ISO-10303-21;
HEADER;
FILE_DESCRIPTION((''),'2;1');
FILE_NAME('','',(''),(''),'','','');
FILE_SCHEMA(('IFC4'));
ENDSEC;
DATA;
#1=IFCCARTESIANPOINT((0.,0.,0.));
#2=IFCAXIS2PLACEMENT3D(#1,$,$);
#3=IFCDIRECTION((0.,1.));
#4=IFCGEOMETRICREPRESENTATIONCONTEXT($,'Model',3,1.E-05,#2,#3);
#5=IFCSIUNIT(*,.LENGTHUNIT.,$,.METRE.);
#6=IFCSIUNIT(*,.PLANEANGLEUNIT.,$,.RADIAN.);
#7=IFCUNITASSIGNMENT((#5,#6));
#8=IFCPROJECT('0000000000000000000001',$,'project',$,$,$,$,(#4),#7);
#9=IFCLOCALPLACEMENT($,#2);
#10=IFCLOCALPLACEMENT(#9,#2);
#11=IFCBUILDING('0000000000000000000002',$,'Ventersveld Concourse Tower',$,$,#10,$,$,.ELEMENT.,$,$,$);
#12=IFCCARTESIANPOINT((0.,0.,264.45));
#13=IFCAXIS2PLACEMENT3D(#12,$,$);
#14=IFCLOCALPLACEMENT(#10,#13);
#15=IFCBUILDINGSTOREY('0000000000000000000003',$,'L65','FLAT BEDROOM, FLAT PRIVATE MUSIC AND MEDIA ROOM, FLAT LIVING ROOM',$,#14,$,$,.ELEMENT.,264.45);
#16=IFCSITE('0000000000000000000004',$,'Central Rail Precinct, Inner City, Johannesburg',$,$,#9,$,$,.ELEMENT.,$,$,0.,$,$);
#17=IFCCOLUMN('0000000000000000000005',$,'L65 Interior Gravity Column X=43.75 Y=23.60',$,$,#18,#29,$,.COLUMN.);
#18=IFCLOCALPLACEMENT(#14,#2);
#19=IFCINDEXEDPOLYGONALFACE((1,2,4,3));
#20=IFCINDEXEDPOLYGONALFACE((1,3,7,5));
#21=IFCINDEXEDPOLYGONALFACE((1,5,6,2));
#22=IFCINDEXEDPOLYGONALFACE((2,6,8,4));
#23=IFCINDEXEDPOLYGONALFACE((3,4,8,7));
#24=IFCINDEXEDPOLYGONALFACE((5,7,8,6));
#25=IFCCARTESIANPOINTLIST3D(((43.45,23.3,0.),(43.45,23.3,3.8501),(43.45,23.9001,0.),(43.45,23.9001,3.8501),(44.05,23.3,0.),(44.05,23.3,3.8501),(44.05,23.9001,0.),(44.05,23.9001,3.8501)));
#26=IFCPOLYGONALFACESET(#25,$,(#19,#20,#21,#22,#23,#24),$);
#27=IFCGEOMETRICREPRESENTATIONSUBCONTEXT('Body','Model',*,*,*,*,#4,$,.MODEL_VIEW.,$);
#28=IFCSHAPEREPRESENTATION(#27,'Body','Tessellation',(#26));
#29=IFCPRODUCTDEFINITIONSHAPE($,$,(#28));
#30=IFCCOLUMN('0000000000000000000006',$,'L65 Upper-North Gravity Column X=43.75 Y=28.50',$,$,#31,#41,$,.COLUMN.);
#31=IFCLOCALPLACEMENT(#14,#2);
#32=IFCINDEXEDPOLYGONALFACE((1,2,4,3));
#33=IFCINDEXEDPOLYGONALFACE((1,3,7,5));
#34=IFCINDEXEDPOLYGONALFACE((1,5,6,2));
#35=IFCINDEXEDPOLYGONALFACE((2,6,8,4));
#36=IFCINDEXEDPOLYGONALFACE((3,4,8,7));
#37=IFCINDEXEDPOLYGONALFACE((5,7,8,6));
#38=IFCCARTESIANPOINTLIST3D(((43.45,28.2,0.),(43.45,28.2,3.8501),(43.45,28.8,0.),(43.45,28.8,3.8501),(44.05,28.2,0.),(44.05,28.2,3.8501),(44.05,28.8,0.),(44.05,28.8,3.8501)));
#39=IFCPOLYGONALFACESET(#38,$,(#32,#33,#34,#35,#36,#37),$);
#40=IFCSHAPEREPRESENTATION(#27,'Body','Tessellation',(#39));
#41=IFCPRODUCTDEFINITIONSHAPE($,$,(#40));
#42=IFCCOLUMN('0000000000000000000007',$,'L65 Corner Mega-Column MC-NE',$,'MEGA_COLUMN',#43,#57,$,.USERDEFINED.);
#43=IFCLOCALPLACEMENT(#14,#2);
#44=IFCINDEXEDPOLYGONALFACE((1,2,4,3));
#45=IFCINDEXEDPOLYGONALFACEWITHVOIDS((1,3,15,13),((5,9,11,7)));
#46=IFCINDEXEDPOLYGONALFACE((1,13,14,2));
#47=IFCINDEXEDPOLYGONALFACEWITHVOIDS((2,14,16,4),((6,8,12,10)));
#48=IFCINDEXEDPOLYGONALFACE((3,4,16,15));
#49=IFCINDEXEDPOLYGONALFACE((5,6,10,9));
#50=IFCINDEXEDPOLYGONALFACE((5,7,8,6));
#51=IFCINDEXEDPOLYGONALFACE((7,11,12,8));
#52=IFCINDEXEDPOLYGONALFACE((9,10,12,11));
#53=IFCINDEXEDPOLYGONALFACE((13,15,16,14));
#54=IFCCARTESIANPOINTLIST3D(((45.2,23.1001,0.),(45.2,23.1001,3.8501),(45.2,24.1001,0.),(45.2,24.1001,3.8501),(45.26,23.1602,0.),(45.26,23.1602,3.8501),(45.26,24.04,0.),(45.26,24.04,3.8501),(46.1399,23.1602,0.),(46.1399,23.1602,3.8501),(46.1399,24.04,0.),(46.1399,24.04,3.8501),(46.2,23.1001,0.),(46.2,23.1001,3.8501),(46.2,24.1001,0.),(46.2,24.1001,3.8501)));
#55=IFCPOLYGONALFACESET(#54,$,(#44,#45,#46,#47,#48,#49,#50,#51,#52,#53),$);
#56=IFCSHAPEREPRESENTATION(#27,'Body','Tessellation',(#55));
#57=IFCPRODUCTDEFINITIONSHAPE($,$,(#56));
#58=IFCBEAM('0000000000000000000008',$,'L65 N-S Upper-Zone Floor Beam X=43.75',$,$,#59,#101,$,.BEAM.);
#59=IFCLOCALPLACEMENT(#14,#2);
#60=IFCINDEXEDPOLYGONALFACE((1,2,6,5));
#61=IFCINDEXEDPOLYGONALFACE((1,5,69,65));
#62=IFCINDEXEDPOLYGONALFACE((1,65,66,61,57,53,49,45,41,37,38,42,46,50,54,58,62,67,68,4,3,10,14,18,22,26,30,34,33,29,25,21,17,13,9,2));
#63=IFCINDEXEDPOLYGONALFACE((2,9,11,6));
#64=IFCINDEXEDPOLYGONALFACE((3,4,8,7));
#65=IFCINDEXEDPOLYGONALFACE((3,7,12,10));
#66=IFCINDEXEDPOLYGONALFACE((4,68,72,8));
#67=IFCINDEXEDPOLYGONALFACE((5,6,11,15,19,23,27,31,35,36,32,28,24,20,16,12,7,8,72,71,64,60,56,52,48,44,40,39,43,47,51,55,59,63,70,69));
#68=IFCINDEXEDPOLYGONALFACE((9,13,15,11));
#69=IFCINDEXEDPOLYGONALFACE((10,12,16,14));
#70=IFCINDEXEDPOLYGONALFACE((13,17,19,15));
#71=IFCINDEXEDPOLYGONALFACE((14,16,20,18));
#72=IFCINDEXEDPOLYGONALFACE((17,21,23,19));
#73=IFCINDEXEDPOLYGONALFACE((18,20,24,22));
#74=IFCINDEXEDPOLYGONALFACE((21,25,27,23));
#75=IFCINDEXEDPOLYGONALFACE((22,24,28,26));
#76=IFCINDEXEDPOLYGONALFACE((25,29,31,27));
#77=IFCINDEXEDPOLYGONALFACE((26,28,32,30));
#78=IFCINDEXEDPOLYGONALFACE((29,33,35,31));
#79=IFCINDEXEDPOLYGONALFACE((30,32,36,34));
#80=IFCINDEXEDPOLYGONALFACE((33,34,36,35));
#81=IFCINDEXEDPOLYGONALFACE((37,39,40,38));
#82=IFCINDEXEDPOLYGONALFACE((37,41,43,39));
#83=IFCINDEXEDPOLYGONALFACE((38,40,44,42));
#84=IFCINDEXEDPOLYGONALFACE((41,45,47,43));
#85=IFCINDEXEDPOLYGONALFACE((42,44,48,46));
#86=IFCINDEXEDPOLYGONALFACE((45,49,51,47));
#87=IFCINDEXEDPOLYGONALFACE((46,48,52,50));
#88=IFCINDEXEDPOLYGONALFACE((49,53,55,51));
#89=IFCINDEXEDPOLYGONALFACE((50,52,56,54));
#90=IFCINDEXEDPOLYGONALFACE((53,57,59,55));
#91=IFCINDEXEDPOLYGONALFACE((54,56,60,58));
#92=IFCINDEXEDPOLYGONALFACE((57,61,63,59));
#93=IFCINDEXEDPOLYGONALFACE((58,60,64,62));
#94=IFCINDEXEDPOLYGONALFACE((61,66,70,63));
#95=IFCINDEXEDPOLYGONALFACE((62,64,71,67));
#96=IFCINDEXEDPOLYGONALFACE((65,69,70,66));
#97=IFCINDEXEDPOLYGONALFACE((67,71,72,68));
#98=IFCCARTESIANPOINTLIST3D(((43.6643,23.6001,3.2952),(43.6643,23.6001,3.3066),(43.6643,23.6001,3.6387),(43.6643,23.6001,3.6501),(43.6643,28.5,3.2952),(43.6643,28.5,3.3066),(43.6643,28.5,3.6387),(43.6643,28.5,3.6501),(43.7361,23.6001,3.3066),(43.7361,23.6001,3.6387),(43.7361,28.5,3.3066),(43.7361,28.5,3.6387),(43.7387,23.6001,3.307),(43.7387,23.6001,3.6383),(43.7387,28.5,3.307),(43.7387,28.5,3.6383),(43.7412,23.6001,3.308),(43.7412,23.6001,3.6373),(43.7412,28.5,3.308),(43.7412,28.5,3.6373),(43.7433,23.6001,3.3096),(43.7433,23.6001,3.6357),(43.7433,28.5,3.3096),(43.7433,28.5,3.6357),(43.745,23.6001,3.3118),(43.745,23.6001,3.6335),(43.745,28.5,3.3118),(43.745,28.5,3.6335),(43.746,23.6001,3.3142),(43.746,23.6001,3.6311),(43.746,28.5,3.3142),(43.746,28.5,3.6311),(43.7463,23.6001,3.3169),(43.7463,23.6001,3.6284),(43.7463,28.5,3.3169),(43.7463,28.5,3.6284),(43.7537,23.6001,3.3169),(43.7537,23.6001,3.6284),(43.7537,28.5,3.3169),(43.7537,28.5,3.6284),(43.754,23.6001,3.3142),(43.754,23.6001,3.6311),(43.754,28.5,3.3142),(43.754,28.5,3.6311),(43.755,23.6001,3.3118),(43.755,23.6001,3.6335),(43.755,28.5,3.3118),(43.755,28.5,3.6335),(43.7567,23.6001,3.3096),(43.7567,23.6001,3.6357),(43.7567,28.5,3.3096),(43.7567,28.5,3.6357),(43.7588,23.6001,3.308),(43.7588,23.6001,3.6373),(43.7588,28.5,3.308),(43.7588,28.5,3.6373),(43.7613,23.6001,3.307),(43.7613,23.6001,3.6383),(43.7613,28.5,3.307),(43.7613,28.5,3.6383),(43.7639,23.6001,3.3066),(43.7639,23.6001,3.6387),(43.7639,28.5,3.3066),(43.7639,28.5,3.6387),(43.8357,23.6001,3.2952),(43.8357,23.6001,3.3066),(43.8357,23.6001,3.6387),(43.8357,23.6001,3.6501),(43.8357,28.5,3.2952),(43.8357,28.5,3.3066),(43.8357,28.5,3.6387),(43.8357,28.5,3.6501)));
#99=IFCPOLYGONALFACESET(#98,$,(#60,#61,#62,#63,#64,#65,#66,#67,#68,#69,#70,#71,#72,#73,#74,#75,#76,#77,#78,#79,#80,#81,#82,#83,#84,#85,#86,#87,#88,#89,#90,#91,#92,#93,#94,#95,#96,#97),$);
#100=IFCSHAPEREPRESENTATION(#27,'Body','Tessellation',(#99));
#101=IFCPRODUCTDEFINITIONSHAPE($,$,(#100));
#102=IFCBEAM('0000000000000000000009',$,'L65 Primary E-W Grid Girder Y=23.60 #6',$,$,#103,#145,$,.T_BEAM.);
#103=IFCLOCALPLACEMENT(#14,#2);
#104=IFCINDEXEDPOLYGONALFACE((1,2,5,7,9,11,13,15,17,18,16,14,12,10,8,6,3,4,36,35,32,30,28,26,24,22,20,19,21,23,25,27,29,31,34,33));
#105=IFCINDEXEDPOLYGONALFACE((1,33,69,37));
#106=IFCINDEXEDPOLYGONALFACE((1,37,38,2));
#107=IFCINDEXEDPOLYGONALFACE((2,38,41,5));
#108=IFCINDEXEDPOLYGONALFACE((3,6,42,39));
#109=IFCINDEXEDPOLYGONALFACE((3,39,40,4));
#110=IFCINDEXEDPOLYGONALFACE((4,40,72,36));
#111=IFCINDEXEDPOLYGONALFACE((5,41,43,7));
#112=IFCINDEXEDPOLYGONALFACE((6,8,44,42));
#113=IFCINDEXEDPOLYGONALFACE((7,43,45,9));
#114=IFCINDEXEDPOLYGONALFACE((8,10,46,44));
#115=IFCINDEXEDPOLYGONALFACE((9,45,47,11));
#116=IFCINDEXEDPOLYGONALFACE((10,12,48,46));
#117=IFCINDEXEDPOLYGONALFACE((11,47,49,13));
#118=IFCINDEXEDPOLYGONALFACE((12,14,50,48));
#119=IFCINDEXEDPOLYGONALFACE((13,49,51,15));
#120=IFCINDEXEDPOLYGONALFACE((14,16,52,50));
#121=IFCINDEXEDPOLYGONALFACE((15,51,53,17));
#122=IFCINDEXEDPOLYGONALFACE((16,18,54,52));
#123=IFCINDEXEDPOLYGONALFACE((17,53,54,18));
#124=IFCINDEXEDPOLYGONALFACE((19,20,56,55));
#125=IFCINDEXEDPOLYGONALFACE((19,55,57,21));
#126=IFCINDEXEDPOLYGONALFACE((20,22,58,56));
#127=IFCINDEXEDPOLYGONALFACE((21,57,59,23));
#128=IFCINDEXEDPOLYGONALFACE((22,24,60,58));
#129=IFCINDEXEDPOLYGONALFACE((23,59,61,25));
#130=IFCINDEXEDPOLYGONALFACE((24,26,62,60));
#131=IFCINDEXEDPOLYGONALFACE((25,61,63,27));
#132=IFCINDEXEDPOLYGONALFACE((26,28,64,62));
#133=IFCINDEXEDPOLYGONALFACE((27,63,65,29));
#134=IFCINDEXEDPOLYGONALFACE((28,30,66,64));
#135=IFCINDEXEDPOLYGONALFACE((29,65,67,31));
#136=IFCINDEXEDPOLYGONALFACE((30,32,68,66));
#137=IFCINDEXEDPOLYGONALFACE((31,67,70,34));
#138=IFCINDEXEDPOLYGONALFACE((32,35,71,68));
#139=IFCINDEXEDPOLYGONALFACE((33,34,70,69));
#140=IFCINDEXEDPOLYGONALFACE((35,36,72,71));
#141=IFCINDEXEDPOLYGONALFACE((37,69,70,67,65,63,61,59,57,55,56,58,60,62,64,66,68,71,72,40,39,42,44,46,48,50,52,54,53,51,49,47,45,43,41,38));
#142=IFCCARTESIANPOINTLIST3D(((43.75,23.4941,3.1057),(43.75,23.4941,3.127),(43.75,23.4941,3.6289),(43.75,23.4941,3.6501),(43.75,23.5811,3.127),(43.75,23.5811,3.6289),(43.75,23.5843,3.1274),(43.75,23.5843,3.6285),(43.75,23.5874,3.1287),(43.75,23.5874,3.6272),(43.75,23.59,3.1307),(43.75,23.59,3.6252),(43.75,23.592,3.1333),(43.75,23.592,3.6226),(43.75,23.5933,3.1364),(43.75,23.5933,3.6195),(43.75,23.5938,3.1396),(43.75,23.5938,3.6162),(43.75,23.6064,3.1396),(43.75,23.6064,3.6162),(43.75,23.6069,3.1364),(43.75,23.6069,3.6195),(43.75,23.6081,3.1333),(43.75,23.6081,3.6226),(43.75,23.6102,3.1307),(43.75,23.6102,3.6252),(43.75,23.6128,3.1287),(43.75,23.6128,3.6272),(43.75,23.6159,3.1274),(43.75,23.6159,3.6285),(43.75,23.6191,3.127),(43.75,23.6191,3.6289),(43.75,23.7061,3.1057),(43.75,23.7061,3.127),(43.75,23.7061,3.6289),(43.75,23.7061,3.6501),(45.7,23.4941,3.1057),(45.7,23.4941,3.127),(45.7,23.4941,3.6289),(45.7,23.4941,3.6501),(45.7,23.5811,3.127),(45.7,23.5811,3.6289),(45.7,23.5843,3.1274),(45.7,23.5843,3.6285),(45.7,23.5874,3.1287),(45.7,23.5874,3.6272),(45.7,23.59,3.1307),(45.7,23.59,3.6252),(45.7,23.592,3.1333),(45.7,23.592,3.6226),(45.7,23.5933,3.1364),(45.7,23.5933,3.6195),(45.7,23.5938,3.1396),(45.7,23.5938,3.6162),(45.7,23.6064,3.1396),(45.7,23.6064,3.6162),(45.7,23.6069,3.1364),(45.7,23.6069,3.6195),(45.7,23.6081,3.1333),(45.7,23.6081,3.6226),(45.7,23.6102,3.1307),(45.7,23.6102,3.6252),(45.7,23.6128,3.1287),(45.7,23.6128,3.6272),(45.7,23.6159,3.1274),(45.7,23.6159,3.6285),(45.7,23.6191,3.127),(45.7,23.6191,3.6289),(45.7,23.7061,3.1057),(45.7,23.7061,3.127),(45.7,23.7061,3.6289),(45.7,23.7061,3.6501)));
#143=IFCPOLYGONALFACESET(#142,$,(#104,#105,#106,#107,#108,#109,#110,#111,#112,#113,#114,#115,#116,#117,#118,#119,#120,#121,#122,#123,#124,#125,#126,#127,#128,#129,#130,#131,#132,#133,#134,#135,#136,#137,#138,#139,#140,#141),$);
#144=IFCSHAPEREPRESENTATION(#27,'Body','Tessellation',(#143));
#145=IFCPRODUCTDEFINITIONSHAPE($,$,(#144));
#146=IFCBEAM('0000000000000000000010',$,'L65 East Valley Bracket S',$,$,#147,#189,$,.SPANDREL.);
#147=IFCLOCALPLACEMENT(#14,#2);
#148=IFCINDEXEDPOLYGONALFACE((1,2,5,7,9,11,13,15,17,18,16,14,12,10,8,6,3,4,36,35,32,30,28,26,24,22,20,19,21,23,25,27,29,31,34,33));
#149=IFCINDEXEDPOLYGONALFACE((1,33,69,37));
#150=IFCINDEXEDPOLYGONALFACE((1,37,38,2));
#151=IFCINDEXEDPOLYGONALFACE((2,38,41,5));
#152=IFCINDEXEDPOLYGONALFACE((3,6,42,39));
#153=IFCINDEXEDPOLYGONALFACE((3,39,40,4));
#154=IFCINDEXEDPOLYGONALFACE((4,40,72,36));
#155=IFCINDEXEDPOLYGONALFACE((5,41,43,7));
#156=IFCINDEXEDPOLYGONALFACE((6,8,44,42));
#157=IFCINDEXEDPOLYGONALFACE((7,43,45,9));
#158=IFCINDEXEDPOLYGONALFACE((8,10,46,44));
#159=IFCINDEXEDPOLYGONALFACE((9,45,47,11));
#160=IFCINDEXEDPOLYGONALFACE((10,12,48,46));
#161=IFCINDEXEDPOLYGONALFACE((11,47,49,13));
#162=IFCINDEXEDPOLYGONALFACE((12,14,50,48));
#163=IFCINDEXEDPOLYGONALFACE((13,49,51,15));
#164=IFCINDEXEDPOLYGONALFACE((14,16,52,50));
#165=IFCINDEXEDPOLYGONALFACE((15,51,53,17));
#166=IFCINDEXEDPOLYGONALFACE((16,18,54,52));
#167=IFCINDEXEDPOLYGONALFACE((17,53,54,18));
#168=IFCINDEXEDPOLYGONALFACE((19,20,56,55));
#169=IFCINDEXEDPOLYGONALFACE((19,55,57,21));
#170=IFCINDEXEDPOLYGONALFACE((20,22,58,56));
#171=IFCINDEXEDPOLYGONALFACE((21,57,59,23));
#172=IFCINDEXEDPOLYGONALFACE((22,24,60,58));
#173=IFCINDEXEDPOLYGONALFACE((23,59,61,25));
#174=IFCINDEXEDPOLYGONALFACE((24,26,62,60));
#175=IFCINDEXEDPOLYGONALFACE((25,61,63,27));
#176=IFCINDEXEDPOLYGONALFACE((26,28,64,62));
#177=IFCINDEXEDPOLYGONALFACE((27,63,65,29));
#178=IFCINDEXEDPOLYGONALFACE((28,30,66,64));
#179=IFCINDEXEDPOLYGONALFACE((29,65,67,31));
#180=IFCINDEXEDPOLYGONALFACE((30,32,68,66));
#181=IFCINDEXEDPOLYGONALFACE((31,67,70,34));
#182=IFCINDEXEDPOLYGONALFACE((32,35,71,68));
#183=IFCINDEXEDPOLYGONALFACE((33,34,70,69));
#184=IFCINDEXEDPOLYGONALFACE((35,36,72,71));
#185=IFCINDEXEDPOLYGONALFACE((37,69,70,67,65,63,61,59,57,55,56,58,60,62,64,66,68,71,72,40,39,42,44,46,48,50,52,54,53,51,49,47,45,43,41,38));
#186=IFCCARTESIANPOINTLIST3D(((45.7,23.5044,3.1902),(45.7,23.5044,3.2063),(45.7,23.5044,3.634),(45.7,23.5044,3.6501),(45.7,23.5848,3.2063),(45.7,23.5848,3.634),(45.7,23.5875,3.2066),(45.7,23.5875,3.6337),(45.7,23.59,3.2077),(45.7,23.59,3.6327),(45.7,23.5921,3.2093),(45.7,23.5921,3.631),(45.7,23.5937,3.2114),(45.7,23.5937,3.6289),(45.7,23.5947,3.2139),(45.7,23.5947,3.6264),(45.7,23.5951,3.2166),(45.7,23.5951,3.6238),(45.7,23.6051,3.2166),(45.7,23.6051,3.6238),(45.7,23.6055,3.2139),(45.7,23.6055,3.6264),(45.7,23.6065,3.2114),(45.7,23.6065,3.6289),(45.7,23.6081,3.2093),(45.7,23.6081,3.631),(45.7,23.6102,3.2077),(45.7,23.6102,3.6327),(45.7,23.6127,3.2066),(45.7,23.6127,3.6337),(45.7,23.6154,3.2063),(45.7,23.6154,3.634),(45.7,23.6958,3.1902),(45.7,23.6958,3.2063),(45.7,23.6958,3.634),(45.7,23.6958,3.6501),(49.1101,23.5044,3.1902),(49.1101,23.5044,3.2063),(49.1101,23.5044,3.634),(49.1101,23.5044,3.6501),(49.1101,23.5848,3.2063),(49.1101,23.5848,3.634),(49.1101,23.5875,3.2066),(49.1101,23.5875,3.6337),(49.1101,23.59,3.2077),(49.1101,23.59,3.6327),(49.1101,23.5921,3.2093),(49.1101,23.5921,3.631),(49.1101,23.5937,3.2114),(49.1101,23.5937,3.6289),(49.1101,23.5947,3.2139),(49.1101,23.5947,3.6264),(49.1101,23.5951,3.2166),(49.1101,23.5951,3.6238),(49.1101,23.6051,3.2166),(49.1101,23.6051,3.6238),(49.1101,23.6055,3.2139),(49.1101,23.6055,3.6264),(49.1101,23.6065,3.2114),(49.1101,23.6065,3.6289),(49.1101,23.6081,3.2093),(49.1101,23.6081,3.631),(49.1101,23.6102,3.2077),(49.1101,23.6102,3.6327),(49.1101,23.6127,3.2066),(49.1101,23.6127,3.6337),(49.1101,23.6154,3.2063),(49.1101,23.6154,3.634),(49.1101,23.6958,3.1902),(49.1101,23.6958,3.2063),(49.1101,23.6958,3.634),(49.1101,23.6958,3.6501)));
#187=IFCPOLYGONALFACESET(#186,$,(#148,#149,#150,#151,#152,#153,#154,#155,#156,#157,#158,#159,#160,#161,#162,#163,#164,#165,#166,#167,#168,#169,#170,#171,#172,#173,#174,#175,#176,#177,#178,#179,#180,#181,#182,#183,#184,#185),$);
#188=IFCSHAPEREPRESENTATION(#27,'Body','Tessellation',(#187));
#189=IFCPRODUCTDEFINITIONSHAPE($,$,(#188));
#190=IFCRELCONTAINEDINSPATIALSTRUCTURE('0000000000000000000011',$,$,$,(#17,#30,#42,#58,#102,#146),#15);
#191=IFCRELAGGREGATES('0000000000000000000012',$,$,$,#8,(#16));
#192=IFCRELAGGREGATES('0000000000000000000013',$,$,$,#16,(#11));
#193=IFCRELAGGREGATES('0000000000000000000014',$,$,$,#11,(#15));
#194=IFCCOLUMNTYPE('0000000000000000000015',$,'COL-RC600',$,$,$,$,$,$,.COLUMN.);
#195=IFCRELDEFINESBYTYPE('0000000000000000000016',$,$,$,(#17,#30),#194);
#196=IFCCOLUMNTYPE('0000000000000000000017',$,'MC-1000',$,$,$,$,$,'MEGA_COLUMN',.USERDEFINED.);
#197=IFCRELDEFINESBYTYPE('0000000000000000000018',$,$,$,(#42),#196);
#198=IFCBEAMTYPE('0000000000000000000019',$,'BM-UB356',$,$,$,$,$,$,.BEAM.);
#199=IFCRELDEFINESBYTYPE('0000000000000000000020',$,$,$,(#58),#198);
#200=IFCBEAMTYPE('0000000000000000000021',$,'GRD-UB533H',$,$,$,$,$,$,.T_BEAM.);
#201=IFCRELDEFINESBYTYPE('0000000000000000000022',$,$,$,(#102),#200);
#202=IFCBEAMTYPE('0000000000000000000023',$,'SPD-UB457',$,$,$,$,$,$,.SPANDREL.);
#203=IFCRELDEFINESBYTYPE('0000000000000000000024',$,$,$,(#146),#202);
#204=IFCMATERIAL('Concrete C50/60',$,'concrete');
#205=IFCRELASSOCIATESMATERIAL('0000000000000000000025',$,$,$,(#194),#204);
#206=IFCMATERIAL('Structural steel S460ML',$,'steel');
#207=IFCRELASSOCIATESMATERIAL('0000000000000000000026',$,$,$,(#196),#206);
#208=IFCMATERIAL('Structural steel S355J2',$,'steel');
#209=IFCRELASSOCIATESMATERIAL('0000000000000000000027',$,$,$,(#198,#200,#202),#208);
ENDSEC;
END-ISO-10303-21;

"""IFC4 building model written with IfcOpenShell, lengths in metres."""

from ifc_helpers import new_model, si_unit, direction, frame, origin, origin_2d, place, context, subcontext, project, spatial, rectangle, hollow_rectangle, i_section, extrude, material, material_profile, profile_set, type_object, element, save


model = new_model("IFC4")

# Units and contexts
model_context = context("Model", 3, precision=1e-05, world=origin(), true_north=direction((0.0, 1.0)))
body_context = subcontext(model_context, "Body", "Model", "MODEL_VIEW")
ifc_project = project(units=[si_unit("LENGTHUNIT", "METRE"), si_unit("PLANEANGLEUNIT", "RADIAN")], contexts=[model_context])

# Site, building, storey
site_placement = place(None, origin())
site = spatial("IfcSite", under=ifc_project, at=site_placement, Name="Central Rail Precinct, Inner City, Johannesburg", CompositionType="ELEMENT", RefElevation=0.0)
building_placement = place(site_placement, origin())
building = spatial("IfcBuilding", under=site, at=building_placement, Name="Ventersveld Concourse Tower", CompositionType="ELEMENT")
storey_placement = place(building_placement, frame((0.0, 0.0, 264.45)))
storey = spatial("IfcBuildingStorey", under=building, at=storey_placement, Name="L65", Description="FLAT BEDROOM, FLAT PRIVATE MUSIC AND MEDIA ROOM, FLAT LIVING ROOM", CompositionType="ELEMENT", Elevation=264.45)

# Columns
ifc_material_1 = material(Name="Concrete C50/60", Category="concrete")
ifc_material_profile_1 = material_profile(ifc_material_1, rectangle(XDim=0.6001, YDim=0.6001, at=origin_2d()), Name="RC 600x600")
ifc_profile_set_1 = profile_set([ifc_material_profile_1], Name="Concrete C50/60")
column_type_1 = type_object("IfcColumnType", Name="COL-RC600", PredefinedType="COLUMN", material=ifc_profile_set_1)
for number, where, z_axis, x_axis, name in (
    (1, (43.75, 23.6001, 0.0), (0.0, 0.0, 1.0), (1.0, 0.0, 0.0), "L65 Interior Gravity Column X=43.75 Y=23.60"),
    (2, (43.75, 28.5, 0.0), (0.0, 0.0, 1.0), (1.0, 0.0, 0.0), "L65 Upper-North Gravity Column X=43.75 Y=28.50"),
):
    element("IfcColumn", number, at=place(storey_placement, frame(where, z_axis=z_axis, x_axis=x_axis)), inside=storey, type_object=column_type_1, Name=name, PredefinedType="COLUMN", context=body_context, shape_type="SweptSolid", body=[
        extrude(rectangle(XDim=0.6001, YDim=0.6001, at=origin_2d()), origin(), (0.0, 0.0, 1.0), 3.8501),
    ])
ifc_material_2 = material(Name="Structural steel S460ML", Category="steel")
ifc_material_profile_2 = material_profile(ifc_material_2, hollow_rectangle(XDim=1.0, YDim=1.0, WallThickness=0.0601, at=origin_2d()), Name="BOX 1000x1000x60")
ifc_profile_set_2 = profile_set([ifc_material_profile_2], Name="Structural steel S460ML")
column_type_2 = type_object("IfcColumnType", Name="MC-1000", ElementType="MEGA_COLUMN", PredefinedType="USERDEFINED", material=ifc_profile_set_2)
column_placement = place(storey_placement, frame((45.7, 23.6001, 0.0), z_axis=(0.0, 0.0, 1.0), x_axis=(1.0, 0.0, 0.0)))
element("IfcColumn", 3, at=column_placement, inside=storey, type_object=column_type_2, Name="L65 Corner Mega-Column MC-NE", ObjectType="MEGA_COLUMN", PredefinedType="USERDEFINED", context=body_context, shape_type="SweptSolid", body=[
    extrude(hollow_rectangle(XDim=1.0, YDim=1.0, WallThickness=0.0601, at=origin_2d()), origin(), (0.0, 0.0, 1.0), 3.8501),
])

# Beams
ifc_material_3 = material(Name="Structural steel S355J2", Category="steel")
ifc_material_profile_3 = material_profile(ifc_material_3, i_section(OverallWidth=0.1714, OverallDepth=0.355, WebThickness=0.0073, FlangeThickness=0.0115, FilletRadius=0.0103, at=origin_2d()), Name="UB 356x171x51")
ifc_profile_set_3 = profile_set([ifc_material_profile_3], Name="Structural steel S355J2")
beam_type_1 = type_object("IfcBeamType", Name="BM-UB356", PredefinedType="BEAM", material=ifc_profile_set_3)
beam_1_placement = place(storey_placement, frame((43.75, 23.6001, 3.4727), z_axis=(0.0, 1.0, 0.0), x_axis=(-1.0, 0.0, 0.0)))
element("IfcBeam", 4, at=beam_1_placement, inside=storey, type_object=beam_type_1, Name="L65 N-S Upper-Zone Floor Beam X=43.75", PredefinedType="BEAM", context=body_context, shape_type="SweptSolid", body=[
    extrude(i_section(OverallWidth=0.1714, OverallDepth=0.355, WebThickness=0.0073, FlangeThickness=0.0115, FilletRadius=0.0103, at=origin_2d()), origin(), (0.0, 0.0, 1.0), 4.8999),
])
ifc_material_profile_4 = material_profile(ifc_material_3, i_section(OverallWidth=0.2119, OverallDepth=0.5444, WebThickness=0.0127, FlangeThickness=0.0212, FilletRadius=0.0127, at=origin_2d()), Name="UB 533x210x122")
ifc_profile_set_4 = profile_set([ifc_material_profile_4], Name="Structural steel S355J2")
beam_type_2 = type_object("IfcBeamType", Name="GRD-UB533H", PredefinedType="T_BEAM", material=ifc_profile_set_4)
beam_2_placement = place(storey_placement, frame((43.75, 23.6001, 3.3779), z_axis=(1.0, 0.0, 0.0), x_axis=(0.0, 1.0, 0.0)))
element("IfcBeam", 5, at=beam_2_placement, inside=storey, type_object=beam_type_2, Name="L65 Primary E-W Grid Girder Y=23.60 #6", PredefinedType="T_BEAM", context=body_context, shape_type="SweptSolid", body=[
    extrude(i_section(OverallWidth=0.2119, OverallDepth=0.5444, WebThickness=0.0127, FlangeThickness=0.0212, FilletRadius=0.0127, at=origin_2d()), origin(), (0.0, 0.0, 1.0), 1.95),
])
ifc_material_profile_5 = material_profile(ifc_material_3, i_section(OverallWidth=0.1914, OverallDepth=0.46, WebThickness=0.01, FlangeThickness=0.0161, FilletRadius=0.0103, at=origin_2d()), Name="UB 457x191x82")
ifc_profile_set_5 = profile_set([ifc_material_profile_5], Name="Structural steel S355J2")
beam_type_3 = type_object("IfcBeamType", Name="SPD-UB457", PredefinedType="SPANDREL", material=ifc_profile_set_5)
beam_3_placement = place(storey_placement, frame((45.7, 23.6001, 3.4202), z_axis=(1.0, 0.0, 0.0), x_axis=(0.0, 1.0, 0.0)))
element("IfcBeam", 6, at=beam_3_placement, inside=storey, type_object=beam_type_3, Name="L65 East Valley Bracket S", PredefinedType="SPANDREL", context=body_context, shape_type="SweptSolid", body=[
    extrude(i_section(OverallWidth=0.1914, OverallDepth=0.46, WebThickness=0.01, FlangeThickness=0.0161, FilletRadius=0.0103, at=origin_2d()), origin(), (0.0, 0.0, 1.0), 3.4102),
])

save(model, "model.ifc")
